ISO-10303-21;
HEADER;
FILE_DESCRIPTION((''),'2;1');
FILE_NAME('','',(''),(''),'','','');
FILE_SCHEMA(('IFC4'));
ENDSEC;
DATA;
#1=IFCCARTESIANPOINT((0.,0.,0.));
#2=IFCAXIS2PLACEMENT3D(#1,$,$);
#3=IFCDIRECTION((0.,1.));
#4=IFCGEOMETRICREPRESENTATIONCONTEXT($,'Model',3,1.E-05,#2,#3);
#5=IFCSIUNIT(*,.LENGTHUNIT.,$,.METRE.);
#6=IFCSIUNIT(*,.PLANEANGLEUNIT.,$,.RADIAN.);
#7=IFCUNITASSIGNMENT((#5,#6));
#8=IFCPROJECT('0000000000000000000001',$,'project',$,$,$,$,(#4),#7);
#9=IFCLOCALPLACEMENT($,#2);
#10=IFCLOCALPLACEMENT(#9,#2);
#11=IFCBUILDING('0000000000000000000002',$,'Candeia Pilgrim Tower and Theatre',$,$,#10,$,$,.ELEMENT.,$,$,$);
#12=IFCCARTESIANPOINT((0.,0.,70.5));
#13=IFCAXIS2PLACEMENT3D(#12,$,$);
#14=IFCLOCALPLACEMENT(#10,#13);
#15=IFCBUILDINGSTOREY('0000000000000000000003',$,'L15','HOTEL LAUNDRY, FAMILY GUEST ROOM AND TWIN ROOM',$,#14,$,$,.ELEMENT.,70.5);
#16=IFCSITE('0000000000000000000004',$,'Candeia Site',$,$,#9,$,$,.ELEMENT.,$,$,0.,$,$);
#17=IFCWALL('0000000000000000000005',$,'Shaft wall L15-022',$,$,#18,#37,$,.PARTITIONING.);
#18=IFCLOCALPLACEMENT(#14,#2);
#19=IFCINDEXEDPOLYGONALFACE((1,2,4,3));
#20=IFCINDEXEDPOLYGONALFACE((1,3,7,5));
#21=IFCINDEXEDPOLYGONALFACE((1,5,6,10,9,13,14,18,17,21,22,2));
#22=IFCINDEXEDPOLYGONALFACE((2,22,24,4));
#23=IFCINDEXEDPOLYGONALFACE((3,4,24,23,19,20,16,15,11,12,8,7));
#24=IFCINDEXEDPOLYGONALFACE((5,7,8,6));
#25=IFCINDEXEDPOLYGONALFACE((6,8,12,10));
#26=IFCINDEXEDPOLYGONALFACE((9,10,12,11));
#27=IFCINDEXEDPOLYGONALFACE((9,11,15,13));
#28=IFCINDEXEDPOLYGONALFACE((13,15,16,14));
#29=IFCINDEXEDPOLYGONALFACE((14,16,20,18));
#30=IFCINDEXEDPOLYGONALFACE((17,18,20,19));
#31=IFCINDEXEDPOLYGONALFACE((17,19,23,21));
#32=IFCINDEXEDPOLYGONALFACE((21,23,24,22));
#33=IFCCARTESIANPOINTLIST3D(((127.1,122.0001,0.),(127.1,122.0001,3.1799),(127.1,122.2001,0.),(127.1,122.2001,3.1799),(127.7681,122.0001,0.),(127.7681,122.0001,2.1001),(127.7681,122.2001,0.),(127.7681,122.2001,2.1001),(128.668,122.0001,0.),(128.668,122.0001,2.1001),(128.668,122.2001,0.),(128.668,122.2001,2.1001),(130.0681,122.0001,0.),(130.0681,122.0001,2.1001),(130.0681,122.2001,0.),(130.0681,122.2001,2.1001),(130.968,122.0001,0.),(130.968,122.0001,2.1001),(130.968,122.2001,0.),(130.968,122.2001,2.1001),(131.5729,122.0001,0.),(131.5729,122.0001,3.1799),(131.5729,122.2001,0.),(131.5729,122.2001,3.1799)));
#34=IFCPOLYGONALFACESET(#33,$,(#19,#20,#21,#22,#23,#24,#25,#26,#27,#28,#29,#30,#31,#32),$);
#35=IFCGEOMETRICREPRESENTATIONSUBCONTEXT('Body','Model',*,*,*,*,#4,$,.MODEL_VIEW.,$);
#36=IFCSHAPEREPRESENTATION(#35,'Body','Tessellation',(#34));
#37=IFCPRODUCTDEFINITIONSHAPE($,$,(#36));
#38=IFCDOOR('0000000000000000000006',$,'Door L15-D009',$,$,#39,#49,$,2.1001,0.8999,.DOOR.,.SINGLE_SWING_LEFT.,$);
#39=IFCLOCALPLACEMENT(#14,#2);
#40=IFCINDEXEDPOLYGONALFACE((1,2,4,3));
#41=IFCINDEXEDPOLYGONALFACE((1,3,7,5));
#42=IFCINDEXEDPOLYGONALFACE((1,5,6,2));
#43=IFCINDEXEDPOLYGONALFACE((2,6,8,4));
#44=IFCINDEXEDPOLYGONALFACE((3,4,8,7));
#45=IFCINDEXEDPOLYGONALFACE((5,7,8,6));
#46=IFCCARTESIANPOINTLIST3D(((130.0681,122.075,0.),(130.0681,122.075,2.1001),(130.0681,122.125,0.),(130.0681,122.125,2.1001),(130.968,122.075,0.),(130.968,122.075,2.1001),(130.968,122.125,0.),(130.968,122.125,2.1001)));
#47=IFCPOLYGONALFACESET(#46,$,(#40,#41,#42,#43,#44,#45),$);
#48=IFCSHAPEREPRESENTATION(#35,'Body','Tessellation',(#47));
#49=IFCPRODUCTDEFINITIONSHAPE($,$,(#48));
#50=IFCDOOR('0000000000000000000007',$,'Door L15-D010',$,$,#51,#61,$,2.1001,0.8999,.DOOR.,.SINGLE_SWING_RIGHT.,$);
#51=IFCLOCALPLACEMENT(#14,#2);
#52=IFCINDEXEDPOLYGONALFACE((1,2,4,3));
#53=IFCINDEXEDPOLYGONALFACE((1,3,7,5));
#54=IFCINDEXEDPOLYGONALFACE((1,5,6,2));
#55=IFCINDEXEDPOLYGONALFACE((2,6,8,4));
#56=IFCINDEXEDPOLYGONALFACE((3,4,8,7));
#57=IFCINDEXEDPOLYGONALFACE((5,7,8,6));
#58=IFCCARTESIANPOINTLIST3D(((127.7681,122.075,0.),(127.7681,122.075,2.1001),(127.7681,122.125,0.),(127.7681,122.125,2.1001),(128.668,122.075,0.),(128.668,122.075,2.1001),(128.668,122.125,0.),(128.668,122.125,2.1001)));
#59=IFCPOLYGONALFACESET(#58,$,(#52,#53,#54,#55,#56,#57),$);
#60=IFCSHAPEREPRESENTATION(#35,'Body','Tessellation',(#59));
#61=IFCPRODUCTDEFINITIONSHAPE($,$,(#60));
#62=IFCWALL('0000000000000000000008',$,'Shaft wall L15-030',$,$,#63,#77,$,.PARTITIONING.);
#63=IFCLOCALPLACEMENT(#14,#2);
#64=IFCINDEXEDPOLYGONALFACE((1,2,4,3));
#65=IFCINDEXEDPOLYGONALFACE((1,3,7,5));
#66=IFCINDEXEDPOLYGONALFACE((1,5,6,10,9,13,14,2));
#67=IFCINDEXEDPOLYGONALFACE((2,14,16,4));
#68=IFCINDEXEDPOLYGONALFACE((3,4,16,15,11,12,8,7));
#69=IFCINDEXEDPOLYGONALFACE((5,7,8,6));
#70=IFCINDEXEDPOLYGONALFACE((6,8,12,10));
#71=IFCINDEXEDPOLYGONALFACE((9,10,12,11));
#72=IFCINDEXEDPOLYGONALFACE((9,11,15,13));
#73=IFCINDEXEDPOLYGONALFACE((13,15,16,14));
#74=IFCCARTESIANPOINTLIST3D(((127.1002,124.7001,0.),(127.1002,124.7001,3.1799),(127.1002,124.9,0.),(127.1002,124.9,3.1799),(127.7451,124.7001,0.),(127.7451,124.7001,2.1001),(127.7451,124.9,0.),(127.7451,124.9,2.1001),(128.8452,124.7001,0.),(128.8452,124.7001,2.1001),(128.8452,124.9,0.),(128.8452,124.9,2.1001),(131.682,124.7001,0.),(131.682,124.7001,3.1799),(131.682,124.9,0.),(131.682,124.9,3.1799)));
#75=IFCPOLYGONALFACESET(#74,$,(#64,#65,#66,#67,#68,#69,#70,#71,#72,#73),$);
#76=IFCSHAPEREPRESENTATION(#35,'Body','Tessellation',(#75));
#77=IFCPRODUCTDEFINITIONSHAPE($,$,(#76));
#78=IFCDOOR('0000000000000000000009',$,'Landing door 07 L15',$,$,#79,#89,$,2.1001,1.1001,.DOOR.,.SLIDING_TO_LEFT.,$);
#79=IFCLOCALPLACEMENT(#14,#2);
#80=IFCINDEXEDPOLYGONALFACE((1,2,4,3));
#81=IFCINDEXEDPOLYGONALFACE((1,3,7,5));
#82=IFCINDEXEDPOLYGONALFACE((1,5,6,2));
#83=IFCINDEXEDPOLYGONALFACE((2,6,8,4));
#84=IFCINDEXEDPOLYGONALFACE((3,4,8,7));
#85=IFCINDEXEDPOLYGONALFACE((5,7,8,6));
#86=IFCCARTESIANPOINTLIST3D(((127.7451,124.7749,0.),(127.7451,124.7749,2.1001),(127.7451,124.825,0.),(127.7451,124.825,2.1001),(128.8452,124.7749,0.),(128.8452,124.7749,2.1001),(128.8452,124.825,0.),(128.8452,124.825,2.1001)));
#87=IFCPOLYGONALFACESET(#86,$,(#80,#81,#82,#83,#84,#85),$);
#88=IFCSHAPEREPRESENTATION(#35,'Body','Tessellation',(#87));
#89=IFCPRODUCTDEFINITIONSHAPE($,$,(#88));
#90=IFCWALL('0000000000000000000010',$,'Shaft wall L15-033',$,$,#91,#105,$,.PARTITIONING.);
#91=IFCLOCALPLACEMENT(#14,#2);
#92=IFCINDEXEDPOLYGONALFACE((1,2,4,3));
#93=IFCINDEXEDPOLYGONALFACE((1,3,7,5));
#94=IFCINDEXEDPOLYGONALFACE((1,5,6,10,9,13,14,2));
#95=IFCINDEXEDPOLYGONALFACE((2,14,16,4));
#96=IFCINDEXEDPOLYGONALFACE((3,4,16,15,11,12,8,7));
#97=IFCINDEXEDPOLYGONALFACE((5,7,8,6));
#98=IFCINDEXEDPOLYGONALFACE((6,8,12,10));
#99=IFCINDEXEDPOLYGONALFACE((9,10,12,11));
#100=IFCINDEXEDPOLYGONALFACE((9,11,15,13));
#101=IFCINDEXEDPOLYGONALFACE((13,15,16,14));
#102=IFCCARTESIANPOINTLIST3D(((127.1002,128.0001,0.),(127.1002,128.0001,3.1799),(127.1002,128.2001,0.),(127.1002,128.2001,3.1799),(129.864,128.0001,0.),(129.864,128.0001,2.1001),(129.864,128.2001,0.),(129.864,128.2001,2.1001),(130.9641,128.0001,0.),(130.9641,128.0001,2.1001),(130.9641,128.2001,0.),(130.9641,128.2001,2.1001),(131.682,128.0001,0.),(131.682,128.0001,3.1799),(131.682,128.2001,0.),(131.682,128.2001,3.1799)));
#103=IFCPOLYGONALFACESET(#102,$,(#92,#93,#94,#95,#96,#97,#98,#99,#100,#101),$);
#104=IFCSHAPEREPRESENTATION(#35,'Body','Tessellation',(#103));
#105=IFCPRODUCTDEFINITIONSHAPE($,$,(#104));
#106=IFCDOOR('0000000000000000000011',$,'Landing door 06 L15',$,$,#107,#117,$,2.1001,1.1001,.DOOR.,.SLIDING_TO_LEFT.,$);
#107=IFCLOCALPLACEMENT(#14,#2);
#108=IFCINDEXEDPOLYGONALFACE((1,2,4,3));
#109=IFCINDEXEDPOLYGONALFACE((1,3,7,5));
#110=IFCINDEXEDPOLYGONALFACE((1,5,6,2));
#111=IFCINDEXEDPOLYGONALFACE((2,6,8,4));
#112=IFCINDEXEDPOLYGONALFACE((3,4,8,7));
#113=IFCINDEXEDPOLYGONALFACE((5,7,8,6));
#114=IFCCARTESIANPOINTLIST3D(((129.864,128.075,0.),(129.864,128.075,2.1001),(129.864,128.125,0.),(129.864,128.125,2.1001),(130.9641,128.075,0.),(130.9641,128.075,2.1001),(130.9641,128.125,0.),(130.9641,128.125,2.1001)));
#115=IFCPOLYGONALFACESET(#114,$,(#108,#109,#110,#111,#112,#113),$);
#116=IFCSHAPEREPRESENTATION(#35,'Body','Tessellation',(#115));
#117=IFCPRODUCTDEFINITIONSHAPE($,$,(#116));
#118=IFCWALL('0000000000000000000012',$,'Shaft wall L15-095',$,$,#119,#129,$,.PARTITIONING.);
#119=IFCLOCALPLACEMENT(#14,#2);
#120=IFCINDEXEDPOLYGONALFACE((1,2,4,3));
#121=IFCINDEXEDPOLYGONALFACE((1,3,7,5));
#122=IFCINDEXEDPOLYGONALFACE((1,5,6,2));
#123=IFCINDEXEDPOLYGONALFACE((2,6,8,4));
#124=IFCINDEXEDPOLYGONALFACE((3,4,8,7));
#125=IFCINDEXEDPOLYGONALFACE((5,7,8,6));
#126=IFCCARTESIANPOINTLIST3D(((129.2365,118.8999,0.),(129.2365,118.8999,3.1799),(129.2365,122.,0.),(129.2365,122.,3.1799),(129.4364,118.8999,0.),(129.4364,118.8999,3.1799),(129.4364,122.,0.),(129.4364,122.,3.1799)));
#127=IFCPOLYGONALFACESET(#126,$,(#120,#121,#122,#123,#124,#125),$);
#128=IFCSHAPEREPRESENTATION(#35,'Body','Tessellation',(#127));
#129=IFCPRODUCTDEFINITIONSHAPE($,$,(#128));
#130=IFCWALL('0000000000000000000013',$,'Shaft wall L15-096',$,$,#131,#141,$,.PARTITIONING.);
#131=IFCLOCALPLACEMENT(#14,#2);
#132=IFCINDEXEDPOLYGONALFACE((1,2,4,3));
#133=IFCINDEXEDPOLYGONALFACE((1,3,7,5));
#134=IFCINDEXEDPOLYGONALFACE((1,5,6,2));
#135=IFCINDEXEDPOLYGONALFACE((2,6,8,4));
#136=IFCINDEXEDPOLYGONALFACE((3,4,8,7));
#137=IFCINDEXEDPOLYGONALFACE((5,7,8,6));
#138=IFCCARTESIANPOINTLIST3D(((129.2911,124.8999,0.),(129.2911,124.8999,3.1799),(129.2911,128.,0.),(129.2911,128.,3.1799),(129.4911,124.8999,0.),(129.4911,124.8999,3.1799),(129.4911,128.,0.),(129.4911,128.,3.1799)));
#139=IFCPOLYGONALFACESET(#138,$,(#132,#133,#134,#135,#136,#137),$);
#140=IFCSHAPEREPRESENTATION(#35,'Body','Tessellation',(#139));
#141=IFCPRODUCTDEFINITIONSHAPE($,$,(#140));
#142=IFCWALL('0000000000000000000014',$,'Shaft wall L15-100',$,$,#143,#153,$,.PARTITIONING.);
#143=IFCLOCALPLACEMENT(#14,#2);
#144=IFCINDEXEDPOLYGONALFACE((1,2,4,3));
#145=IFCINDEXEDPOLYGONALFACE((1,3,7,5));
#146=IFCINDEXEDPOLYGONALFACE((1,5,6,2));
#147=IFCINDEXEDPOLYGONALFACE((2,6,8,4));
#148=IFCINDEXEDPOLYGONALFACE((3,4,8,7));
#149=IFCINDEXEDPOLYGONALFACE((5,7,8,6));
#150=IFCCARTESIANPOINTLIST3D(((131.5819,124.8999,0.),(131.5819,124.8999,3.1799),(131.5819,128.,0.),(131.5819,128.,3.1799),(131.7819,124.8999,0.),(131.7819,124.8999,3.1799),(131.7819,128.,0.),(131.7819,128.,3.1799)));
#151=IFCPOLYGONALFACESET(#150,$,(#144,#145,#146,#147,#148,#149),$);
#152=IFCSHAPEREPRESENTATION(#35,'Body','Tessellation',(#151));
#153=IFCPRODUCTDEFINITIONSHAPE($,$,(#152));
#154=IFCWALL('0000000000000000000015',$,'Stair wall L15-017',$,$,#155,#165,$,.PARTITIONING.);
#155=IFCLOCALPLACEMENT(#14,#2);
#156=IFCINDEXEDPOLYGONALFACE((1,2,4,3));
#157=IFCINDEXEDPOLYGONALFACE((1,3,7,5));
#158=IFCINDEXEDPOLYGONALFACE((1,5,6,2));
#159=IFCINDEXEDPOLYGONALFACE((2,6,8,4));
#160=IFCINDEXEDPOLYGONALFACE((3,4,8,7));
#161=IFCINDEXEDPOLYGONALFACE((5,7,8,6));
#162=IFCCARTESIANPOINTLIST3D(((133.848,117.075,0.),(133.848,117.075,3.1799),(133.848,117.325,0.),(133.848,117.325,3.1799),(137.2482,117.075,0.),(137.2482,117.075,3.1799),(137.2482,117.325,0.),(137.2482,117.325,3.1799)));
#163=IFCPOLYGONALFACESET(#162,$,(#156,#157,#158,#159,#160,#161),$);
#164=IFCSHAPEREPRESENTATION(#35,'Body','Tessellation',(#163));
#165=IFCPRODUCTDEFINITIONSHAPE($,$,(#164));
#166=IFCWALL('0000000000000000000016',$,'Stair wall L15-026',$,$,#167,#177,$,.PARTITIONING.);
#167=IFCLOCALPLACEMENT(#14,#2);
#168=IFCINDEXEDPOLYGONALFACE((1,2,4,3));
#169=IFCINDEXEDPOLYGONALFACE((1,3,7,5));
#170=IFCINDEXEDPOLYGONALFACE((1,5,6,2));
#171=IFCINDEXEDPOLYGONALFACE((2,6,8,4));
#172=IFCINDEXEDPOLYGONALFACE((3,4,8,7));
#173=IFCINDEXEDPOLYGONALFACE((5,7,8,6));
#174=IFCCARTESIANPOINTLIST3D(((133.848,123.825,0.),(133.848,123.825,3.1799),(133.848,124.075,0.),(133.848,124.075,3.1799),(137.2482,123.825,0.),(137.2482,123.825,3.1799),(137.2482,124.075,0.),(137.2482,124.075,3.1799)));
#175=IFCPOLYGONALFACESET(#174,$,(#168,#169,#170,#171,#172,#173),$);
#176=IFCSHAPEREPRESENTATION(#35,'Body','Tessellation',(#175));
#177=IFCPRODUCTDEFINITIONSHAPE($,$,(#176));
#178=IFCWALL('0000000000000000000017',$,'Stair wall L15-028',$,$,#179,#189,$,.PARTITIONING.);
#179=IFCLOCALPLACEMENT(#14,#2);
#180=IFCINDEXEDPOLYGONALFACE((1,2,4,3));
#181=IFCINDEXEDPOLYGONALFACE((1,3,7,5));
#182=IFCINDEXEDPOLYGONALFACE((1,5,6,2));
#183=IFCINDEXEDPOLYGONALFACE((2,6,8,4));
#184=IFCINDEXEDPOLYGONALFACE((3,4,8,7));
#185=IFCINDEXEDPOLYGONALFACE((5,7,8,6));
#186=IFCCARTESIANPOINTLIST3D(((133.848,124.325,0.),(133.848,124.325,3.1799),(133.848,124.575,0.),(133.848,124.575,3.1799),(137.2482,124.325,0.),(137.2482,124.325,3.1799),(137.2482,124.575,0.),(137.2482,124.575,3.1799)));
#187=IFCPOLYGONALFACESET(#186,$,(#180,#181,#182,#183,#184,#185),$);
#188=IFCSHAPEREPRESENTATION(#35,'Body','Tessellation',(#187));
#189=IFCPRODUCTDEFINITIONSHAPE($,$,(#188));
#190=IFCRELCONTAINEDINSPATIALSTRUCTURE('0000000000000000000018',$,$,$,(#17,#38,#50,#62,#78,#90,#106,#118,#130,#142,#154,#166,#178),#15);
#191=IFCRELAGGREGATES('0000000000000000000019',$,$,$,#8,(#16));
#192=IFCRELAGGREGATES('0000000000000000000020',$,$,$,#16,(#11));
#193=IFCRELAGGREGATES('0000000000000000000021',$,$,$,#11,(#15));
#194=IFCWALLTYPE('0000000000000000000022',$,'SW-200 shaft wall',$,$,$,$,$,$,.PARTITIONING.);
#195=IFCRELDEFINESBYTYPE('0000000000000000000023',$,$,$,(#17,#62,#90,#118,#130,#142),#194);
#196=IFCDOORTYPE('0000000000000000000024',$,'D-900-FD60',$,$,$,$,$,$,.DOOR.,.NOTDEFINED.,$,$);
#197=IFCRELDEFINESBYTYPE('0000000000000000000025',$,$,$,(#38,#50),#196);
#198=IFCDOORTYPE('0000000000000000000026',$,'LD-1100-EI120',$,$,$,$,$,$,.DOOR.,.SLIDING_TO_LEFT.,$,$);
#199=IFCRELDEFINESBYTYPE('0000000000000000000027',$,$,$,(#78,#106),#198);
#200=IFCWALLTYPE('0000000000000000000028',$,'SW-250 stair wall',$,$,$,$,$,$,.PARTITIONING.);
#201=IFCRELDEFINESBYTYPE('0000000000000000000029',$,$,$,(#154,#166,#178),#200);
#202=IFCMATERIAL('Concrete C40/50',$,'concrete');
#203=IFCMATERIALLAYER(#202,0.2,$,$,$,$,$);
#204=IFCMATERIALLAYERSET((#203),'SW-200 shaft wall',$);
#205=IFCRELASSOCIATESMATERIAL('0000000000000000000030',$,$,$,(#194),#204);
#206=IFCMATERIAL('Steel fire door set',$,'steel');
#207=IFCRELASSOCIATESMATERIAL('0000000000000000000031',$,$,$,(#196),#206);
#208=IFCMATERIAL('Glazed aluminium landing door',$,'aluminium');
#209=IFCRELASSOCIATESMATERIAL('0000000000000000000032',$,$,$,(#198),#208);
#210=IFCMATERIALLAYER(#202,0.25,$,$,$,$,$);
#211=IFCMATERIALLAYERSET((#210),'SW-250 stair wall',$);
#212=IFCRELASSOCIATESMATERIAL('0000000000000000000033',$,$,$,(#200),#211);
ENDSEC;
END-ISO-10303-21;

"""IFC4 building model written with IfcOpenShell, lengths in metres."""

from ifc_helpers import new_model, si_unit, direction, frame, frame_2d, origin, place, context, subcontext, project, spatial, rectangle, extrude, material, layer, layer_set, type_object, element, fill, save


model = new_model("IFC4")

# Units and contexts
model_context = context("Model", 3, precision=1e-05, world=origin(), true_north=direction((0.0, 1.0)))
body_context = subcontext(model_context, "Body", "Model", "MODEL_VIEW")
ifc_project = project(units=[si_unit("LENGTHUNIT", "METRE"), si_unit("PLANEANGLEUNIT", "RADIAN")], contexts=[model_context])

# Site, building, storey
site_placement = place(None, origin())
site = spatial("IfcSite", under=ifc_project, at=site_placement, Name="Candeia Site", CompositionType="ELEMENT", RefElevation=0.0)
building_placement = place(site_placement, origin())
building = spatial("IfcBuilding", under=site, at=building_placement, Name="Candeia Pilgrim Tower and Theatre", CompositionType="ELEMENT")
storey_placement = place(building_placement, frame((0.0, 0.0, 70.5)))
storey = spatial("IfcBuildingStorey", under=building, at=storey_placement, Name="L15", Description="HOTEL LAUNDRY, FAMILY GUEST ROOM AND TWIN ROOM", CompositionType="ELEMENT", Elevation=70.5)

# Shared definitions
ifc_material_1 = material(Name="Steel fire door set", Category="steel")

# Shared definitions
ifc_material_2 = material(Name="Concrete C40/50", Category="concrete")
ifc_layer_1 = layer(ifc_material_2, 0.2)
ifc_layer_set_1 = layer_set([ifc_layer_1], Name="SW-200 shaft wall")
wall_type_1 = type_object("IfcWallType", Name="SW-200 shaft wall", PredefinedType="PARTITIONING", material=ifc_layer_set_1)

# Wall, openings, doors
wall_1_placement = place(storey_placement, frame((127.1001, 122.1001, 0.0), z_axis=(0.0, 0.0, 1.0), x_axis=(1.0, 0.0, 0.0)))
wall_1 = element("IfcWall", 1, at=wall_1_placement, inside=storey, type_object=wall_type_1, Name="Shaft wall L15-022", PredefinedType="PARTITIONING", context=body_context, shape_type="SweptSolid", body=[
    extrude(rectangle(XDim=4.4729, YDim=0.2, at=frame_2d((2.2363, 0.0))), origin(), (0.0, 0.0, 1.0), 3.1799),
])
opening_1_placement = place(wall_1_placement, frame((2.968, 0.0, 0.0)))
opening_1 = element("IfcOpeningElement", 2, at=opening_1_placement, cuts=wall_1, PredefinedType="OPENING", context=body_context, shape_type="SweptSolid", body=[
    extrude(rectangle(XDim=0.8999, YDim=2.1001, at=frame_2d((0.45, 1.05))), frame((0.0, 0.1099, 0.0), z_axis=(0.0, -1.0, 0.0), x_axis=(1.0, 0.0, 0.0)), (0.0, 0.0, 1.0), 0.22),
])
opening_2_placement = place(wall_1_placement, frame((0.668, 0.0, 0.0)))
opening_2 = element("IfcOpeningElement", 3, at=opening_2_placement, cuts=wall_1, PredefinedType="OPENING", context=body_context, shape_type="SweptSolid", body=[
    extrude(rectangle(XDim=0.8999, YDim=2.1001, at=frame_2d((0.45, 1.05))), frame((0.0, 0.1099, 0.0), z_axis=(0.0, -1.0, 0.0), x_axis=(1.0, 0.0, 0.0)), (0.0, 0.0, 1.0), 0.22),
])
door_type_1 = type_object("IfcDoorType", Name="D-900-FD60", OperationType="NOTDEFINED", PredefinedType="DOOR", material=ifc_material_1)
door_1_placement = place(opening_1_placement, origin())
door_1 = element("IfcDoor", 4, at=door_1_placement, inside=storey, type_object=door_type_1, Name="Door L15-D009", OperationType="SINGLE_SWING_LEFT", OverallHeight=2.1001, OverallWidth=0.8999, PredefinedType="DOOR", context=body_context, shape_type="SweptSolid", body=[
    extrude(rectangle(XDim=0.8999, YDim=2.1001, at=frame_2d((0.45, 1.05))), frame((0.0, 0.0249, 0.0), z_axis=(0.0, -1.0, 0.0), x_axis=(1.0, 0.0, 0.0)), (0.0, 0.0, 1.0), 0.05),
])
fill(opening_1, door_1)
door_2_placement = place(opening_2_placement, origin())
door_2 = element("IfcDoor", 5, at=door_2_placement, inside=storey, type_object=door_type_1, Name="Door L15-D010", OperationType="SINGLE_SWING_RIGHT", OverallHeight=2.1001, OverallWidth=0.8999, PredefinedType="DOOR", context=body_context, shape_type="SweptSolid", body=[
    extrude(rectangle(XDim=0.8999, YDim=2.1001, at=frame_2d((0.45, 1.05))), frame((0.0, 0.0249, 0.0), z_axis=(0.0, -1.0, 0.0), x_axis=(1.0, 0.0, 0.0)), (0.0, 0.0, 1.0), 0.05),
])
fill(opening_2, door_2)

# Walls, openings, doors
wall_2_placement = place(storey_placement, frame((127.1001, 124.8, 0.0), z_axis=(0.0, 0.0, 1.0), x_axis=(1.0, 0.0, 0.0)))
wall_2 = element("IfcWall", 6, at=wall_2_placement, inside=storey, type_object=wall_type_1, Name="Shaft wall L15-030", PredefinedType="PARTITIONING", context=body_context, shape_type="SweptSolid", body=[
    extrude(rectangle(XDim=4.5818, YDim=0.2, at=frame_2d((2.291, 0.0))), origin(), (0.0, 0.0, 1.0), 3.1799),
])
opening_3_placement = place(wall_2_placement, frame((0.645, 0.0, 0.0)))
opening_3 = element("IfcOpeningElement", 7, at=opening_3_placement, cuts=wall_2, PredefinedType="OPENING", context=body_context, shape_type="SweptSolid", body=[
    extrude(rectangle(XDim=1.1001, YDim=2.1001, at=frame_2d((0.55, 1.05))), frame((0.0, 0.1099, 0.0), z_axis=(0.0, -1.0, 0.0), x_axis=(1.0, 0.0, 0.0)), (0.0, 0.0, 1.0), 0.22),
])
ifc_material_3 = material(Name="Glazed aluminium landing door", Category="aluminium")
door_type_2 = type_object("IfcDoorType", Name="LD-1100-EI120", OperationType="SLIDING_TO_LEFT", PredefinedType="DOOR", material=ifc_material_3)
door_3_placement = place(opening_3_placement, origin())
door_3 = element("IfcDoor", 8, at=door_3_placement, inside=storey, type_object=door_type_2, Name="Landing door 07 L15", OperationType="SLIDING_TO_LEFT", OverallHeight=2.1001, OverallWidth=1.1001, PredefinedType="DOOR", context=body_context, shape_type="SweptSolid", body=[
    extrude(rectangle(XDim=1.1001, YDim=2.1001, at=frame_2d((0.55, 1.05))), frame((0.0, 0.0249, 0.0), z_axis=(0.0, -1.0, 0.0), x_axis=(1.0, 0.0, 0.0)), (0.0, 0.0, 1.0), 0.05),
])
fill(opening_3, door_3)
wall_3_placement = place(storey_placement, frame((127.1001, 128.1001, 0.0), z_axis=(0.0, 0.0, 1.0), x_axis=(1.0, 0.0, 0.0)))
wall_3 = element("IfcWall", 9, at=wall_3_placement, inside=storey, type_object=wall_type_1, Name="Shaft wall L15-033", PredefinedType="PARTITIONING", context=body_context, shape_type="SweptSolid", body=[
    extrude(rectangle(XDim=4.5818, YDim=0.2, at=frame_2d((2.291, 0.0))), origin(), (0.0, 0.0, 1.0), 3.1799),
])
opening_4_placement = place(wall_3_placement, frame((2.7639, 0.0, 0.0)))
opening_4 = element("IfcOpeningElement", 10, at=opening_4_placement, cuts=wall_3, PredefinedType="OPENING", context=body_context, shape_type="SweptSolid", body=[
    extrude(rectangle(XDim=1.1001, YDim=2.1001, at=frame_2d((0.55, 1.05))), frame((0.0, 0.1099, 0.0), z_axis=(0.0, -1.0, 0.0), x_axis=(1.0, 0.0, 0.0)), (0.0, 0.0, 1.0), 0.22),
])
door_4_placement = place(opening_4_placement, origin())
door_4 = element("IfcDoor", 11, at=door_4_placement, inside=storey, type_object=door_type_2, Name="Landing door 06 L15", OperationType="SLIDING_TO_LEFT", OverallHeight=2.1001, OverallWidth=1.1001, PredefinedType="DOOR", context=body_context, shape_type="SweptSolid", body=[
    extrude(rectangle(XDim=1.1001, YDim=2.1001, at=frame_2d((0.55, 1.05))), frame((0.0, 0.0249, 0.0), z_axis=(0.0, -1.0, 0.0), x_axis=(1.0, 0.0, 0.0)), (0.0, 0.0, 1.0), 0.05),
])
fill(opening_4, door_4)

# Walls
for number, where, z_axis, x_axis, name in (
    (12, (129.3364, 118.8999, 0.0), (0.0, 0.0, 1.0), (0.0, 1.0, 0.0), "Shaft wall L15-095"),
    (13, (129.3911, 124.8999, 0.0), (0.0, 0.0, 1.0), (0.0, 1.0, 0.0), "Shaft wall L15-096"),
    (14, (131.6819, 124.8999, 0.0), (0.0, 0.0, 1.0), (0.0, 1.0, 0.0), "Shaft wall L15-100"),
):
    element("IfcWall", number, at=place(storey_placement, frame(where, z_axis=z_axis, x_axis=x_axis)), inside=storey, type_object=wall_type_1, Name=name, PredefinedType="PARTITIONING", context=body_context, shape_type="SweptSolid", body=[
        extrude(rectangle(XDim=3.1001, YDim=0.2, at=frame_2d((1.55, 0.0))), origin(), (0.0, 0.0, 1.0), 3.1799),
    ])
ifc_layer_2 = layer(ifc_material_2, 0.25)
ifc_layer_set_2 = layer_set([ifc_layer_2], Name="SW-250 stair wall")
wall_type_2 = type_object("IfcWallType", Name="SW-250 stair wall", PredefinedType="PARTITIONING", material=ifc_layer_set_2)
for number, where, z_axis, x_axis, name in (
    (15, (133.8479, 117.2, 0.0), (0.0, 0.0, 1.0), (1.0, 0.0, 0.0), "Stair wall L15-017"),
    (16, (133.8479, 123.95, 0.0), (0.0, 0.0, 1.0), (1.0, 0.0, 0.0), "Stair wall L15-026"),
    (17, (133.8479, 124.45, 0.0), (0.0, 0.0, 1.0), (1.0, 0.0, 0.0), "Stair wall L15-028"),
):
    element("IfcWall", number, at=place(storey_placement, frame(where, z_axis=z_axis, x_axis=x_axis)), inside=storey, type_object=wall_type_2, Name=name, PredefinedType="PARTITIONING", context=body_context, shape_type="SweptSolid", body=[
        extrude(rectangle(XDim=3.4001, YDim=0.25, at=frame_2d((1.7002, 0.0))), origin(), (0.0, 0.0, 1.0), 3.1799),
    ])

save(model, "model.ifc")
